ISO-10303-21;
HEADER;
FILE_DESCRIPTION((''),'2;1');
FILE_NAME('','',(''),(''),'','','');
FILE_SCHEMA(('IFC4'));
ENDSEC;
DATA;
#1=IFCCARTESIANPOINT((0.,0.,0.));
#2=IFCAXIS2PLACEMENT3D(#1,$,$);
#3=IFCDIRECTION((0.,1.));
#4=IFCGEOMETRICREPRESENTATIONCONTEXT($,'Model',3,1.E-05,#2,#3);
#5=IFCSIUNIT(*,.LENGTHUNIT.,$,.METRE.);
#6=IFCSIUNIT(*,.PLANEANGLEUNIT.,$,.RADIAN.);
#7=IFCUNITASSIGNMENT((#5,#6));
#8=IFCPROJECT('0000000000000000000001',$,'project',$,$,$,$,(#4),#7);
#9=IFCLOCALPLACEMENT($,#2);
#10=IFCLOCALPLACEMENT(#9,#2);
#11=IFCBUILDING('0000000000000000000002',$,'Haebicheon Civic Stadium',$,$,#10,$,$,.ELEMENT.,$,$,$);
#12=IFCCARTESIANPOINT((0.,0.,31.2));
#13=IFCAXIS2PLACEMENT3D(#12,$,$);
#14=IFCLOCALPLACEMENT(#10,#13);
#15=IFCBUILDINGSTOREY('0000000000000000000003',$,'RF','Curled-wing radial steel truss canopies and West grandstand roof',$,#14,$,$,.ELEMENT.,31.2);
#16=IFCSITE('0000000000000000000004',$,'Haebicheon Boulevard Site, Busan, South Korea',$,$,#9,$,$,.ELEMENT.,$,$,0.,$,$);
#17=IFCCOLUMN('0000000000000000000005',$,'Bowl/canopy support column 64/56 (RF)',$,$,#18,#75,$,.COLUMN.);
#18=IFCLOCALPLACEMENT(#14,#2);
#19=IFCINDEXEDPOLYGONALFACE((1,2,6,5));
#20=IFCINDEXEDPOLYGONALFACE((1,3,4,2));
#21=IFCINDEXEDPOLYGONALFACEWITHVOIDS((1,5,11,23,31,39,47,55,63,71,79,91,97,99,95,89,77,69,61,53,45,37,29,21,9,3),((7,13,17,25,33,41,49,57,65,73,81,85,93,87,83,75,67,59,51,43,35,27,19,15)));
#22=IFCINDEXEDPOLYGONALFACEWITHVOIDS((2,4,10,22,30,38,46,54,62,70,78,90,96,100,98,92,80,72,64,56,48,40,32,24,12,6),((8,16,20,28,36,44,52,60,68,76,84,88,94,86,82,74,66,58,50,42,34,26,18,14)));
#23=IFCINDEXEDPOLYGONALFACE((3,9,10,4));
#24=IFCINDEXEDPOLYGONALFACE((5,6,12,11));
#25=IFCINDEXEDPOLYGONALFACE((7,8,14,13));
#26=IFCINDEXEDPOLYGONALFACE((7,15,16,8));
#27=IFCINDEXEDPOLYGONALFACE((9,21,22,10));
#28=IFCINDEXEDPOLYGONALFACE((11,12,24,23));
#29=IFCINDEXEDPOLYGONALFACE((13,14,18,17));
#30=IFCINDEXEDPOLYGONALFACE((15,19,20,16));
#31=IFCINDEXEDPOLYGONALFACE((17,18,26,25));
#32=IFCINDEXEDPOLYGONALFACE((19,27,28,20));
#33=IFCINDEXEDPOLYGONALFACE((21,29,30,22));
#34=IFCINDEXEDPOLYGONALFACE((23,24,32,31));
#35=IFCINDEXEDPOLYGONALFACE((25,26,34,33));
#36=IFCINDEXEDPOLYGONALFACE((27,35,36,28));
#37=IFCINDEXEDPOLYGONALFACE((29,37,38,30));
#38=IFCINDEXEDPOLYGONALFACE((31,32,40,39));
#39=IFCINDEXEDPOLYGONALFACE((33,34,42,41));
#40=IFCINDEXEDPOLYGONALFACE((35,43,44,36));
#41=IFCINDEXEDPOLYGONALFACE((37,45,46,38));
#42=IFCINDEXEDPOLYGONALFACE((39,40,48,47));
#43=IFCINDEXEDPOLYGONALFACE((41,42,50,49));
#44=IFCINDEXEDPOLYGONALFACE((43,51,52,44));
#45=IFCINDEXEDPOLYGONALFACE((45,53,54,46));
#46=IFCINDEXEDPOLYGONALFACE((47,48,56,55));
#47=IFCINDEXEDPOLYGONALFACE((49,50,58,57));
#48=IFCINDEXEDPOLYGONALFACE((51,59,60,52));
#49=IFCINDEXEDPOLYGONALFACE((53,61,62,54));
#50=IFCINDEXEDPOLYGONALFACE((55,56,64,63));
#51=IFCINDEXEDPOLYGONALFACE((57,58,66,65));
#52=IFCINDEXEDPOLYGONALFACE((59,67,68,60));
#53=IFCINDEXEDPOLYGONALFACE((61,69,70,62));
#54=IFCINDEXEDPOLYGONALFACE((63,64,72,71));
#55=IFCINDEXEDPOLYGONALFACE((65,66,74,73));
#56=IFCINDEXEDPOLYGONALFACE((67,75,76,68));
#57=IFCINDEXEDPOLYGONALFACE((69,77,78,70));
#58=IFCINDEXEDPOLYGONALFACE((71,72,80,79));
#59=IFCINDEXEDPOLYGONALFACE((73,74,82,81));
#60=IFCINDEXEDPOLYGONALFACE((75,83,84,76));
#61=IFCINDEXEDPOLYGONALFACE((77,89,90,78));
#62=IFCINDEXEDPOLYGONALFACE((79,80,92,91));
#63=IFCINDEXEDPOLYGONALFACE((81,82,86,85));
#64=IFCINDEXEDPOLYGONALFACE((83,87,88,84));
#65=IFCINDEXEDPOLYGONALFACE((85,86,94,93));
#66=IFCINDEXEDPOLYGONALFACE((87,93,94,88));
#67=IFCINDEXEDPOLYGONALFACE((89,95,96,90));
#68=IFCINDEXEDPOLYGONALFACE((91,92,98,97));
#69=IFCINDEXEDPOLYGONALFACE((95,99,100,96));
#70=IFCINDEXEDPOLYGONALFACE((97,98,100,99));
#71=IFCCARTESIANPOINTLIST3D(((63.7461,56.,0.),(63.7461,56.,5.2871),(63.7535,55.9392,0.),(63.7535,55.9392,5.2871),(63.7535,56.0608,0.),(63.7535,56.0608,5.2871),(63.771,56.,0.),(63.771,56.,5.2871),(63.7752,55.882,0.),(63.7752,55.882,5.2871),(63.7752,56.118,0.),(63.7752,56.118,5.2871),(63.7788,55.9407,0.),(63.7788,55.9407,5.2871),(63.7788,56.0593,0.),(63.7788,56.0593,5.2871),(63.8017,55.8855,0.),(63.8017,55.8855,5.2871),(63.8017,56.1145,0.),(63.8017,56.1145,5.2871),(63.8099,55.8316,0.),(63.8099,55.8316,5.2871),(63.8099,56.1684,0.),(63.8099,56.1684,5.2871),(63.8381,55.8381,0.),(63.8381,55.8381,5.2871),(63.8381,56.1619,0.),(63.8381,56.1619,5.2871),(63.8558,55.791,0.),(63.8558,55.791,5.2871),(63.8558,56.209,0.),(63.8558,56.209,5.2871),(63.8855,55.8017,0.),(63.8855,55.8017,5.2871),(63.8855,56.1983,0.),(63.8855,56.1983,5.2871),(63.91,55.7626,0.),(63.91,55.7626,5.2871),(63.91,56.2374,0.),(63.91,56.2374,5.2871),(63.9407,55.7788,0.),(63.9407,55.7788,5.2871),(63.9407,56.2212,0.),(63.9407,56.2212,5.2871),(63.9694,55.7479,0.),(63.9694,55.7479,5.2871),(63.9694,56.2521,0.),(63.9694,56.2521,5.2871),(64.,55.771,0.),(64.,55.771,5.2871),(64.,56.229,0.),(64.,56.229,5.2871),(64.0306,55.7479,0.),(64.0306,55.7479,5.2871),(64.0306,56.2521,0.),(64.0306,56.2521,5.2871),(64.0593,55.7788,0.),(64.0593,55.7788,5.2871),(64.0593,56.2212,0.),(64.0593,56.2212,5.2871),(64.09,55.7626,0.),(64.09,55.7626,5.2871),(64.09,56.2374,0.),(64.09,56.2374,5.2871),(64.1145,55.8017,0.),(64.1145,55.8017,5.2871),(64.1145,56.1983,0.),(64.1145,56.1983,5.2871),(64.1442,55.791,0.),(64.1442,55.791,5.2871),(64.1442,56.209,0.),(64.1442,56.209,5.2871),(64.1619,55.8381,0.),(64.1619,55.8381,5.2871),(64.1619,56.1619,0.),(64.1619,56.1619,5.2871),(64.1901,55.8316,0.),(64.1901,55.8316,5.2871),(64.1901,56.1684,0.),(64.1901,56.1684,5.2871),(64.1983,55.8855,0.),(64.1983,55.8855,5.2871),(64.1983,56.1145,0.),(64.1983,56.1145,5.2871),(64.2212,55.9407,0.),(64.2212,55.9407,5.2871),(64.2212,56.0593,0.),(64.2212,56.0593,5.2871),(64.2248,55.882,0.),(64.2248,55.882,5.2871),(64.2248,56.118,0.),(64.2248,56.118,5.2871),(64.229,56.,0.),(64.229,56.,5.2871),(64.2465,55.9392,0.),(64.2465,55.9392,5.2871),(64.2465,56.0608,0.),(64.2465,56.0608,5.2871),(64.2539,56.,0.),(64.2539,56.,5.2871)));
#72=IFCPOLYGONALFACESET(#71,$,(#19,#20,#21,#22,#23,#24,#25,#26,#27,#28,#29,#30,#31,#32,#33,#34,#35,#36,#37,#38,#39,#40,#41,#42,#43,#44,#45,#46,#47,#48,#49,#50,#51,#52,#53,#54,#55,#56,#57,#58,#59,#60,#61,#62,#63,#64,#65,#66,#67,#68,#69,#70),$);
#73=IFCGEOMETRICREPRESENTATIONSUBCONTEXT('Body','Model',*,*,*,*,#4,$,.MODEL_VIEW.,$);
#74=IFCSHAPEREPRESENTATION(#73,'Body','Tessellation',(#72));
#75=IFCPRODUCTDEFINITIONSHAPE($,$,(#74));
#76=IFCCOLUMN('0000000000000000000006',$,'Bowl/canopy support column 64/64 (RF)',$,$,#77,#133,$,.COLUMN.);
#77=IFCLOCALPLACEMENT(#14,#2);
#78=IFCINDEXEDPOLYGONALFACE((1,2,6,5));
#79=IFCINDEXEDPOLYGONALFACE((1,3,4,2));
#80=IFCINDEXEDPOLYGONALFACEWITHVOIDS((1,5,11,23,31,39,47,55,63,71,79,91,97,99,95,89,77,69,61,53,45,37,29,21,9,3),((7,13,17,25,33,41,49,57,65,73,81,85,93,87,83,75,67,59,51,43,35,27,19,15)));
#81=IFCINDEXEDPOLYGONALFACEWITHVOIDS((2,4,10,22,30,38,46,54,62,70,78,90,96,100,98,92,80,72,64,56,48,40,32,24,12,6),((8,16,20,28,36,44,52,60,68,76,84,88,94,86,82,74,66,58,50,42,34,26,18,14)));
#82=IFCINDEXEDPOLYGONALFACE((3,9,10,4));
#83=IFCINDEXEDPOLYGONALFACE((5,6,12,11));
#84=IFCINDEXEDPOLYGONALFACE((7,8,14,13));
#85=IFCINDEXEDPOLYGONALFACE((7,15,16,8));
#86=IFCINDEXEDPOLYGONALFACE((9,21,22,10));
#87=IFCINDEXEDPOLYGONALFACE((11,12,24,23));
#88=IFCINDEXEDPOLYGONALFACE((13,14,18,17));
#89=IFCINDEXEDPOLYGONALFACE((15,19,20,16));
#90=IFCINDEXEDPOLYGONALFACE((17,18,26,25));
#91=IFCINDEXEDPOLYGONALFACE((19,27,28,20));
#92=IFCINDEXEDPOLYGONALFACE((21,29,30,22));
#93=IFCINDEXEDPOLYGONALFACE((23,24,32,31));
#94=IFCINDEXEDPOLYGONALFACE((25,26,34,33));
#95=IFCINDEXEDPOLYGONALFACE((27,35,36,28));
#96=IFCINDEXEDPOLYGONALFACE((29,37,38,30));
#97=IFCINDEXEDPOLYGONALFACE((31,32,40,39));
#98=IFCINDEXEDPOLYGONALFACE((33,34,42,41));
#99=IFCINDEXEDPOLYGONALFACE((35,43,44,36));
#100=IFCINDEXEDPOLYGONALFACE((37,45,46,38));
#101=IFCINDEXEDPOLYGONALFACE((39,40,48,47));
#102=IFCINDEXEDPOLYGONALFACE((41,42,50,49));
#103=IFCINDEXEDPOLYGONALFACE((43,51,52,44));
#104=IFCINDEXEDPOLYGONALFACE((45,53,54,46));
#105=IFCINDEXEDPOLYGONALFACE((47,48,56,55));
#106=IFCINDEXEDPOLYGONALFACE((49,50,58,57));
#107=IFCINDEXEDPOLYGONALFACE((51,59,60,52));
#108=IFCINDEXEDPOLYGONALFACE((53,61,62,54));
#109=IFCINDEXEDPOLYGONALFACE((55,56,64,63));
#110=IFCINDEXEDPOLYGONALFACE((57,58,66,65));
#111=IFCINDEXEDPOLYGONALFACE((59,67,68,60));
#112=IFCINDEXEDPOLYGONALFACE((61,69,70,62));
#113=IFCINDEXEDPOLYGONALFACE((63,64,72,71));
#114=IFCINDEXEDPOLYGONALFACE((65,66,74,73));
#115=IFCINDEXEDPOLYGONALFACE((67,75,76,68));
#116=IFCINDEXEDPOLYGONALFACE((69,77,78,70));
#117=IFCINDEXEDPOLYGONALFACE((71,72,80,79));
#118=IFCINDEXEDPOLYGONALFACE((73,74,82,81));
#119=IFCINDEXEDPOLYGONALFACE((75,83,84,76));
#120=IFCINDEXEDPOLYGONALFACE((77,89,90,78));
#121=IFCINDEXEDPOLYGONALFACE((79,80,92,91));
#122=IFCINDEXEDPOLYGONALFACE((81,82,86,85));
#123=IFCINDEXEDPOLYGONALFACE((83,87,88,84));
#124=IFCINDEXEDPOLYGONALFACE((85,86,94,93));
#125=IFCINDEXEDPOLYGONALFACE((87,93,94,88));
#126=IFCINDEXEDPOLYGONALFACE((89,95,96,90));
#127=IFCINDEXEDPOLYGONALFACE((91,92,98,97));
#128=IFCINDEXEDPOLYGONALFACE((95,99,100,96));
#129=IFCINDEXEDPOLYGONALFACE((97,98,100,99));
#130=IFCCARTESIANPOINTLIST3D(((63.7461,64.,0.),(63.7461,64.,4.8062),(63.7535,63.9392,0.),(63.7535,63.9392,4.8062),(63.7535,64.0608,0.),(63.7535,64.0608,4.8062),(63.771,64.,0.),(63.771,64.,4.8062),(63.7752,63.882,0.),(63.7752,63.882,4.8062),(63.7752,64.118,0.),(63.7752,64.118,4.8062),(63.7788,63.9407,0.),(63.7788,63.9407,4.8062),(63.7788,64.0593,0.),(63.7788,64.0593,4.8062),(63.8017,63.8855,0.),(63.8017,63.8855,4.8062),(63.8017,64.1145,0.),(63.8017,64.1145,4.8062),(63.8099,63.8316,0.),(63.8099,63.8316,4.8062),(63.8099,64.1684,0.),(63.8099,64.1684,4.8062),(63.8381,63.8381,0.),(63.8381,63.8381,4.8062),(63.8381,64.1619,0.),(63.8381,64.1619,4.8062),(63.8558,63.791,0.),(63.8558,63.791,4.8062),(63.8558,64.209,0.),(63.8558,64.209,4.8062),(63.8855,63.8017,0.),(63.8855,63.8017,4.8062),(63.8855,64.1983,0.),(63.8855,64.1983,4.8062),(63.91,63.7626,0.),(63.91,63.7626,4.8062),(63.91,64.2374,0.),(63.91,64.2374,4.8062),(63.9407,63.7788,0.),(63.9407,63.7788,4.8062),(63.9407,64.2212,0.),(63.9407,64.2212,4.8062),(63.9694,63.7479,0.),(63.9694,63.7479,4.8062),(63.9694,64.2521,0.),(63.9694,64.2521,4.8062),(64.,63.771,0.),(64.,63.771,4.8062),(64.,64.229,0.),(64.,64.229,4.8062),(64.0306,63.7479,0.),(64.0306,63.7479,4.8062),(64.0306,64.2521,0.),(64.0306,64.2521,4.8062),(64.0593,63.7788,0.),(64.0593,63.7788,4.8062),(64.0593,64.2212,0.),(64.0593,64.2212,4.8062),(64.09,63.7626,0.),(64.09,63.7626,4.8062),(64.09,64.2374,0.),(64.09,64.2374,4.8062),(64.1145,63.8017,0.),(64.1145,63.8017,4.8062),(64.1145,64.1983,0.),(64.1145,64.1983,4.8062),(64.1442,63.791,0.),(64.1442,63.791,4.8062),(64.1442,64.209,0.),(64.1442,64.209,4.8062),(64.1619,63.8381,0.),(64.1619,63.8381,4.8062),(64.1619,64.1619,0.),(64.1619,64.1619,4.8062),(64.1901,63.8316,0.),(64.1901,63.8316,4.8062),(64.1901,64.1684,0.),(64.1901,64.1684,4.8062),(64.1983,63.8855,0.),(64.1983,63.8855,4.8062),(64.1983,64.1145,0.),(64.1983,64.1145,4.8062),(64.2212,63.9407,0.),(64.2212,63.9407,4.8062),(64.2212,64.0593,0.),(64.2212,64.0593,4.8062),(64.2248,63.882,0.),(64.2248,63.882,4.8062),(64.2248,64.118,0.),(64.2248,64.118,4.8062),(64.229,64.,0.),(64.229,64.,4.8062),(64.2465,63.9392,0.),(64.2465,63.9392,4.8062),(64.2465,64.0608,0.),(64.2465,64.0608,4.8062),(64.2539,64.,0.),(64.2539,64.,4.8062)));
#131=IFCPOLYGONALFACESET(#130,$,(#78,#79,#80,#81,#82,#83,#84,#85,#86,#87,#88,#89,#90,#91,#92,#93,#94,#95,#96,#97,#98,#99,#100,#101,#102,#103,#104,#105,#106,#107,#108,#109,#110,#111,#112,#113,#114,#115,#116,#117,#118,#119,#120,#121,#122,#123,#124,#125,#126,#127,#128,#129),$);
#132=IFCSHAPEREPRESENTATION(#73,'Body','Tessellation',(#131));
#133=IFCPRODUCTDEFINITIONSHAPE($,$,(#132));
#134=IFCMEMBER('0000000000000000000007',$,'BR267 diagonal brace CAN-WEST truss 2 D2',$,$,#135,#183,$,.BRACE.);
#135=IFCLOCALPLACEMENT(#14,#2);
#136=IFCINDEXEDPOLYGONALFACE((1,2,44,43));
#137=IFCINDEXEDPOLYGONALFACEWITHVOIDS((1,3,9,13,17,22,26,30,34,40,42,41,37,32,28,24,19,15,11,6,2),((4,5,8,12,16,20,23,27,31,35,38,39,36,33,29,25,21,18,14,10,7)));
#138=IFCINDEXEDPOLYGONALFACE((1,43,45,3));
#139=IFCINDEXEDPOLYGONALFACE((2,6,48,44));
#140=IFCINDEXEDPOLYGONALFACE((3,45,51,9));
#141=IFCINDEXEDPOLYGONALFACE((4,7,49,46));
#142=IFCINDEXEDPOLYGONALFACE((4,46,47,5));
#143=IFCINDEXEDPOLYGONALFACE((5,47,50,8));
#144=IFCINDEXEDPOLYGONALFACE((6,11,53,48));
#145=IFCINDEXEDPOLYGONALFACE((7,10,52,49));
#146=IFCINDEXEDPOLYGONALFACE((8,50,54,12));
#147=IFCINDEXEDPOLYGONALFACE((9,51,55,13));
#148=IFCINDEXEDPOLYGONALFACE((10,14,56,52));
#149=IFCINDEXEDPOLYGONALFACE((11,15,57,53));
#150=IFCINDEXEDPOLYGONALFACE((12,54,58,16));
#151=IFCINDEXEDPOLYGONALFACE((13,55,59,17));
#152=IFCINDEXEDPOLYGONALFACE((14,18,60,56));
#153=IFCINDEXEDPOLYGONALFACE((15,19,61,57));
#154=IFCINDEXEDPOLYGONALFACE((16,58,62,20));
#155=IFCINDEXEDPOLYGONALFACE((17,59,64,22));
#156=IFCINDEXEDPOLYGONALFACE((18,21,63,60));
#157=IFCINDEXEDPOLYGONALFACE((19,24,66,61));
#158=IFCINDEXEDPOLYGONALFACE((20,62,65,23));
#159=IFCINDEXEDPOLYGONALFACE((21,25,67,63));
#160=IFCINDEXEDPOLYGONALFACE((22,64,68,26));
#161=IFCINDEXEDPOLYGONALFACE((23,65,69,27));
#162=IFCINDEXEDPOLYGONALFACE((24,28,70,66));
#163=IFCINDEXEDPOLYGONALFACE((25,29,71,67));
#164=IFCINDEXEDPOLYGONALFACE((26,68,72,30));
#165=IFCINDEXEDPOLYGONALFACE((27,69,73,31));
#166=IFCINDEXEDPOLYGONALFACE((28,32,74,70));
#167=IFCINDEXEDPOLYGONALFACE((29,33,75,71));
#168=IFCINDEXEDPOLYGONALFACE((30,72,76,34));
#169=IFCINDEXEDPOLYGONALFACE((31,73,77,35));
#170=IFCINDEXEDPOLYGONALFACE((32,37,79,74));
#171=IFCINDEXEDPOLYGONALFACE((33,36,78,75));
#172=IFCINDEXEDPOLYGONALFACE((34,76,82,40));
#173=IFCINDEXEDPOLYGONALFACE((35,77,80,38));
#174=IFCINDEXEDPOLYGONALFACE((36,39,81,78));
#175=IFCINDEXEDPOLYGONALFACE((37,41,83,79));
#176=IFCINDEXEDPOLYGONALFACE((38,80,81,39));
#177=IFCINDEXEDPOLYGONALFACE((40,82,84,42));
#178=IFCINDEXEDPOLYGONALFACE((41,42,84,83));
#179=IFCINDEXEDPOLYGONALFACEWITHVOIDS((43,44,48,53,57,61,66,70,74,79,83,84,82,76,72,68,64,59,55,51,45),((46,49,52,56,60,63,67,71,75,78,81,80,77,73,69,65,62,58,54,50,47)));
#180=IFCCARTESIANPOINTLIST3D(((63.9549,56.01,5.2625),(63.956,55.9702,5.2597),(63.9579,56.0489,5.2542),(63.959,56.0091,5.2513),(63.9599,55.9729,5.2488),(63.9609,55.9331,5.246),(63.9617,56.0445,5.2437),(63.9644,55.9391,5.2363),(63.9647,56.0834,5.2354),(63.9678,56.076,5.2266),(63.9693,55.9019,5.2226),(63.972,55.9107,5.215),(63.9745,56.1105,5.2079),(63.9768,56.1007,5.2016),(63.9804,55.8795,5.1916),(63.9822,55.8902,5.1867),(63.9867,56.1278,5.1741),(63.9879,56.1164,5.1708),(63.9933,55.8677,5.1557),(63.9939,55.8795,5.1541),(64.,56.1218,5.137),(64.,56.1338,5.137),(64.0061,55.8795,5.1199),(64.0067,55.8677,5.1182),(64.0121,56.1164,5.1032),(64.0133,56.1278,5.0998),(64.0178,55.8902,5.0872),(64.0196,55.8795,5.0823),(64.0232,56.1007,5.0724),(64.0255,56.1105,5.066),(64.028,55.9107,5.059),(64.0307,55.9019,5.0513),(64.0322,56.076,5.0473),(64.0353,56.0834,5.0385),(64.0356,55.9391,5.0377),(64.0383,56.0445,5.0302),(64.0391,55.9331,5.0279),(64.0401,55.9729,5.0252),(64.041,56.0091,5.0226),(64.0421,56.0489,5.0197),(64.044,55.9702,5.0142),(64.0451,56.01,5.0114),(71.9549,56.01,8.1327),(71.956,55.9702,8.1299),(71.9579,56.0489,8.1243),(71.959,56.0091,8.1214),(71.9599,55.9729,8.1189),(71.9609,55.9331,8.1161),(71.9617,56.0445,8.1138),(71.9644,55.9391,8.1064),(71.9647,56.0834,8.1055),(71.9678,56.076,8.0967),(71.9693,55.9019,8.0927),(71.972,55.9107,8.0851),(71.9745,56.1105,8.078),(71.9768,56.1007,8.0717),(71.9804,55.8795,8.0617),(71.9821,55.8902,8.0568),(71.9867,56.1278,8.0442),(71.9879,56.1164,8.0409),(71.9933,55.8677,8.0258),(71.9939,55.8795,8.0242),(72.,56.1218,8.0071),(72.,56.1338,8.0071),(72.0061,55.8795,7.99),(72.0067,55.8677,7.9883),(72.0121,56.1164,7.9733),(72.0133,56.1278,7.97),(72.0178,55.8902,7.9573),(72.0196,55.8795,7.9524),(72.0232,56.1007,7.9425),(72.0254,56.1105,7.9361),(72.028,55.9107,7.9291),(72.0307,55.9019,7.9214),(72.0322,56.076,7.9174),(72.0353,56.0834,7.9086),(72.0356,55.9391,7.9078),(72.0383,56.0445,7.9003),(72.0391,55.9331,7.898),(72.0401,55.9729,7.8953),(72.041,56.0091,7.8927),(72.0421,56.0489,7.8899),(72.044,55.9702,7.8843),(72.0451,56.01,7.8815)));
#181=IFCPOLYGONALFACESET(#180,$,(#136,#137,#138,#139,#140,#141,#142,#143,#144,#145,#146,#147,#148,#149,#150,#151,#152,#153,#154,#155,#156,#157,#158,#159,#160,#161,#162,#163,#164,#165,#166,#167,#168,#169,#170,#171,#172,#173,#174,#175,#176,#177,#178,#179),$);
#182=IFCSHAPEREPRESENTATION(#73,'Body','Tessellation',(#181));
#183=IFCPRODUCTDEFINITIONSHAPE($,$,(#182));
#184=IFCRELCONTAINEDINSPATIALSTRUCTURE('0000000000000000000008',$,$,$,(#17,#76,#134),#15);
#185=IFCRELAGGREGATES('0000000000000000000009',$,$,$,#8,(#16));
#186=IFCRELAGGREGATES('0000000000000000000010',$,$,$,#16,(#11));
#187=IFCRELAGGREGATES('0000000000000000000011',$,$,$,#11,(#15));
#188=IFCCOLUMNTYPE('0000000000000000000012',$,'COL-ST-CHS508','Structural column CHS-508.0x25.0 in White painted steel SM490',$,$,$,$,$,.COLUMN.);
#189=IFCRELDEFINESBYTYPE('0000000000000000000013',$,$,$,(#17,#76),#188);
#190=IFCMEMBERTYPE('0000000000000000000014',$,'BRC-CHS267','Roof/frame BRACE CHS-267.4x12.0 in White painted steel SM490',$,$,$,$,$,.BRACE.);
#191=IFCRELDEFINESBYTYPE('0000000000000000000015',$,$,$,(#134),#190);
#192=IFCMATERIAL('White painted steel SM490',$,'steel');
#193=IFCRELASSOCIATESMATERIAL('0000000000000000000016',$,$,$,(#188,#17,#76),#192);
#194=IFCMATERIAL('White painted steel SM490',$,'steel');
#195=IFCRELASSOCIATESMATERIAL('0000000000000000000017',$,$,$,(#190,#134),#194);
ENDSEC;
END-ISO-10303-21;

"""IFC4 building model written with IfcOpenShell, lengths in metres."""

from ifc_helpers import new_model, si_unit, direction, frame, origin, origin_2d, place, context, subcontext, project, spatial, hollow_circle, extrude, material, material_profile, profile_set, type_object, element, save


model = new_model("IFC4")

# Units and contexts
model_context = context("Model", 3, precision=1e-05, world=origin(), true_north=direction((0.0, 1.0)))
body_context = subcontext(model_context, "Body", "Model", "MODEL_VIEW")
ifc_project = project(units=[si_unit("LENGTHUNIT", "METRE"), si_unit("PLANEANGLEUNIT", "RADIAN")], contexts=[model_context])

# Site, building, storey
site_placement = place(None, origin())
site = spatial("IfcSite", under=ifc_project, at=site_placement, Name="Haebicheon Boulevard Site, Busan, South Korea", CompositionType="ELEMENT", RefElevation=0.0)
building_placement = place(site_placement, origin())
building = spatial("IfcBuilding", under=site, at=building_placement, Name="Haebicheon Civic Stadium", CompositionType="ELEMENT")
storey_placement = place(building_placement, frame((0.0, 0.0, 31.2)))
storey = spatial("IfcBuildingStorey", under=building, at=storey_placement, Name="RF", Description="Curled-wing radial steel truss canopies and West grandstand roof", CompositionType="ELEMENT", Elevation=31.2)

# Columns
ifc_material_1 = material(Name="White painted steel SM490", Category="steel")
ifc_material_profile_1 = material_profile(ifc_material_1, hollow_circle(Radius=0.2539, WallThickness=0.0249, at=origin_2d()), Name="CHS-508.0x25.0")
ifc_profile_set_1 = profile_set([ifc_material_profile_1], Name="White painted steel SM490")
column_type = type_object("IfcColumnType", Name="COL-ST-CHS508", Description="Structural column CHS-508.0x25.0 in White painted steel SM490", PredefinedType="COLUMN", material=ifc_profile_set_1)
column_1_placement = place(storey_placement, frame((64.0, 56.0, 0.0), z_axis=(0.0, 0.0, 1.0), x_axis=(1.0, 0.0, 0.0)))
element("IfcColumn", 1, at=column_1_placement, inside=storey, type_object=column_type, material=ifc_profile_set_1, Name="Bowl/canopy support column 64/56 (RF)", PredefinedType="COLUMN", context=body_context, shape_type="SweptSolid", body=[
    extrude(hollow_circle(Radius=0.2539, WallThickness=0.0249, at=origin_2d()), origin(), (0.0, 0.0, 1.0), 5.2871),
])
column_2_placement = place(storey_placement, frame((64.0, 64.0, 0.0), z_axis=(0.0, 0.0, 1.0), x_axis=(1.0, 0.0, 0.0)))
element("IfcColumn", 2, at=column_2_placement, inside=storey, type_object=column_type, material=ifc_profile_set_1, Name="Bowl/canopy support column 64/64 (RF)", PredefinedType="COLUMN", context=body_context, shape_type="SweptSolid", body=[
    extrude(hollow_circle(Radius=0.2539, WallThickness=0.0249, at=origin_2d()), origin(), (0.0, 0.0, 1.0), 4.8062),
])

# Member
ifc_material_2 = material(Name="White painted steel SM490", Category="steel")
ifc_material_profile_2 = material_profile(ifc_material_2, hollow_circle(Radius=0.1338, WallThickness=0.012, at=origin_2d()), Name="CHS-267.4x12.0")
ifc_profile_set_2 = profile_set([ifc_material_profile_2], Name="White painted steel SM490")
member_type_1 = type_object("IfcMemberType", Name="BRC-CHS267", Description="Roof/frame BRACE CHS-267.4x12.0 in White painted steel SM490", PredefinedType="BRACE", material=ifc_profile_set_2)
for number, where, z_axis, x_axis, name in (
    (3, (64.0, 56.0, 5.137), (0.941257, 0.0, 0.33769), (0.0, 1.0, 0.0), "BR267 diagonal brace CAN-WEST truss 2 D2"),
):
    element("IfcMember", number, at=place(storey_placement, frame(where, z_axis=z_axis, x_axis=x_axis)), inside=storey, type_object=member_type_1, material=ifc_profile_set_2, Name=name, PredefinedType="BRACE", context=body_context, shape_type="SweptSolid", body=[
        extrude(hollow_circle(Radius=0.1338, WallThickness=0.012, at=origin_2d()), origin(), (0.0, 0.0, 1.0), 8.4993),
    ])

save(model, "model.ifc")
